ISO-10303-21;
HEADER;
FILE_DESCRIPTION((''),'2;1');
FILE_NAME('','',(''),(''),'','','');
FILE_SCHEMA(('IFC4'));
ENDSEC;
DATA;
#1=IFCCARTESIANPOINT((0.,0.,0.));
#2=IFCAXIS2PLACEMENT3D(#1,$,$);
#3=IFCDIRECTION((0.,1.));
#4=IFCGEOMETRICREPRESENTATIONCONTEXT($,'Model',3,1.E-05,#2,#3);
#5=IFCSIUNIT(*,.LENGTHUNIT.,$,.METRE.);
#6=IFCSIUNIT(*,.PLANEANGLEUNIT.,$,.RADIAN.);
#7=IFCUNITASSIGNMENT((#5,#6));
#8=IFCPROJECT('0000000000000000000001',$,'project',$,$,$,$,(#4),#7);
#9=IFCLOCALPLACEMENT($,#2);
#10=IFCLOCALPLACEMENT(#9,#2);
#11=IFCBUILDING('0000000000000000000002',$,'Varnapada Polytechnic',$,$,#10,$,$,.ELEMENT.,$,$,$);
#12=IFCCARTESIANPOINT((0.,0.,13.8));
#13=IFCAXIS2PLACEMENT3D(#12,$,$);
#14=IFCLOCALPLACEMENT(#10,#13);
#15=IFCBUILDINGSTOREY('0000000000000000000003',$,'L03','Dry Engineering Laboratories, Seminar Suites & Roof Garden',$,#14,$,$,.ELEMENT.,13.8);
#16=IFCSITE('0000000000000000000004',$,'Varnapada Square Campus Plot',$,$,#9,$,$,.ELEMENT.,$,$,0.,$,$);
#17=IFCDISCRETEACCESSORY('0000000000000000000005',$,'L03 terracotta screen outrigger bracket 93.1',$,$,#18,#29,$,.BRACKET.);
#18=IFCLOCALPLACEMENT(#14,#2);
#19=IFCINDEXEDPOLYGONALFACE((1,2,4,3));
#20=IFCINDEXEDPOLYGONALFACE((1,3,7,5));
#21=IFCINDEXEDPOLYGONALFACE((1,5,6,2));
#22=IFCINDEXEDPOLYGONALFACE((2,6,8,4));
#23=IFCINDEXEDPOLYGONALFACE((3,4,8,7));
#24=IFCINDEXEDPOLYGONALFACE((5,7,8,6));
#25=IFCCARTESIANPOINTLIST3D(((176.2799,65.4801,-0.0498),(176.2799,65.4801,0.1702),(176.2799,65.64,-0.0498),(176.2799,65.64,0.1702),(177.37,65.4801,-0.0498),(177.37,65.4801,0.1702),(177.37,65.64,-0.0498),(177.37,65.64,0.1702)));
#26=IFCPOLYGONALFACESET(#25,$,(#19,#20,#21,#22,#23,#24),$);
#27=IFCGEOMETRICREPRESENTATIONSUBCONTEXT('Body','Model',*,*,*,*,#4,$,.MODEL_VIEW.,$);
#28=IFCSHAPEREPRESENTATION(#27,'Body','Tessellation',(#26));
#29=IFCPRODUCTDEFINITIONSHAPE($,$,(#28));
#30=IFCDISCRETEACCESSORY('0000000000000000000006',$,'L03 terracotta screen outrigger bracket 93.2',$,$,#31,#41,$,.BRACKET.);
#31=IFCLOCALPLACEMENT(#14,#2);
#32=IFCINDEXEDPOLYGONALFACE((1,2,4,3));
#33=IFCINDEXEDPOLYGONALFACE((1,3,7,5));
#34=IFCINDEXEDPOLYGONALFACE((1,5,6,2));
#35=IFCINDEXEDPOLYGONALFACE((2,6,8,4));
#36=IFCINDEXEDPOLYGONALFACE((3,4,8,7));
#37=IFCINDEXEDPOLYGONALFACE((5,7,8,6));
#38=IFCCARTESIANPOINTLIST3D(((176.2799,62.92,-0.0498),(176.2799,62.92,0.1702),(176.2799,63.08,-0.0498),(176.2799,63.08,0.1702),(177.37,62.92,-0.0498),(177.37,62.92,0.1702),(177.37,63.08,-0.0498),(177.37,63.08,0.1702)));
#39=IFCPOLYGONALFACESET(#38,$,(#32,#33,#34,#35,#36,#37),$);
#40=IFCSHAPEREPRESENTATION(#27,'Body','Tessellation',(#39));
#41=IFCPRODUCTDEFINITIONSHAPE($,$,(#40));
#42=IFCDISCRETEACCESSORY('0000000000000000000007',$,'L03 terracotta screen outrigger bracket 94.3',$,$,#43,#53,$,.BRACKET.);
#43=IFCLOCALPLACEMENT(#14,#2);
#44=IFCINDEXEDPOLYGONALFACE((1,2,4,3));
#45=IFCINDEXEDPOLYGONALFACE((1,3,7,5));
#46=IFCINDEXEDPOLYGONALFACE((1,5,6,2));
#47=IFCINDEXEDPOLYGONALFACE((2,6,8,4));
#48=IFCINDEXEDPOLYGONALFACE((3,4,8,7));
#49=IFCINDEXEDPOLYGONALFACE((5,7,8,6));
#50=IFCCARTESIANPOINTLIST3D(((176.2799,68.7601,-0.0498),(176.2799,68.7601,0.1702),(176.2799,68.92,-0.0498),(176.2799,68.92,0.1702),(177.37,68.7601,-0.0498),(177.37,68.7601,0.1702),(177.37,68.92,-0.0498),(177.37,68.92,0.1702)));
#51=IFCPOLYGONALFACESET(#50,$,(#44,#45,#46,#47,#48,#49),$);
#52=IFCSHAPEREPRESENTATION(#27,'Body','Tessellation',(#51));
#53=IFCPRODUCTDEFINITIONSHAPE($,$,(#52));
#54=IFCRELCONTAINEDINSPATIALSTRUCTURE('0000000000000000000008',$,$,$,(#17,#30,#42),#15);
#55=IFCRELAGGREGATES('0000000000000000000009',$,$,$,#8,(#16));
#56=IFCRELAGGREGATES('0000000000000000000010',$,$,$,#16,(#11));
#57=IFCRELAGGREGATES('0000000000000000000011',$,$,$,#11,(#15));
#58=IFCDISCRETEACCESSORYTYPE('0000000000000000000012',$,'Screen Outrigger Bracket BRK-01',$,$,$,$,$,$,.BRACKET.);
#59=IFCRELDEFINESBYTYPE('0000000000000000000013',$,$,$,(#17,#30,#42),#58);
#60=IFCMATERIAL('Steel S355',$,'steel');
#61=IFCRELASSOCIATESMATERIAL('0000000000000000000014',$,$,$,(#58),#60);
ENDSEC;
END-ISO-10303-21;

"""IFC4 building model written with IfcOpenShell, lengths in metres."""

from ifc_helpers import new_model, si_unit, direction, frame, origin, origin_2d, place, context, subcontext, project, spatial, rectangle, extrude, material, type_object, element, save


model = new_model("IFC4")

# Units and contexts
model_context = context("Model", 3, precision=1e-05, world=origin(), true_north=direction((0.0, 1.0)))
body_context = subcontext(model_context, "Body", "Model", "MODEL_VIEW")
ifc_project = project(units=[si_unit("LENGTHUNIT", "METRE"), si_unit("PLANEANGLEUNIT", "RADIAN")], contexts=[model_context])

# Site, building, storey
site_placement = place(None, origin())
site = spatial("IfcSite", under=ifc_project, at=site_placement, Name="Varnapada Square Campus Plot", CompositionType="ELEMENT", RefElevation=0.0)
building_placement = place(site_placement, origin())
building = spatial("IfcBuilding", under=site, at=building_placement, Name="Varnapada Polytechnic", CompositionType="ELEMENT")
storey_placement = place(building_placement, frame((0.0, 0.0, 13.8)))
storey = spatial("IfcBuildingStorey", under=building, at=storey_placement, Name="L03", Description="Dry Engineering Laboratories, Seminar Suites & Roof Garden", CompositionType="ELEMENT", Elevation=13.8)

# Discrete accessories
ifc_material_1 = material(Name="Steel S355", Category="steel")
discrete_accessory_type = type_object("IfcDiscreteAccessoryType", Name="Screen Outrigger Bracket BRK-01", PredefinedType="BRACKET", material=ifc_material_1)
for number, where, z_axis, x_axis, name in (
    (1, (176.825, 65.5601, -0.0498), (0.0, 0.0, 1.0), (0.0, -1.0, 0.0), "L03 terracotta screen outrigger bracket 93.1"),
    (2, (176.825, 63.0, -0.0498), (0.0, 0.0, 1.0), (0.0, -1.0, 0.0), "L03 terracotta screen outrigger bracket 93.2"),
    (3, (176.825, 68.8401, -0.0498), (0.0, 0.0, 1.0), (0.0, -1.0, 0.0), "L03 terracotta screen outrigger bracket 94.3"),
):
    element("IfcDiscreteAccessory", number, at=place(storey_placement, frame(where, z_axis=z_axis, x_axis=x_axis)), inside=storey, type_object=discrete_accessory_type, Name=name, PredefinedType="BRACKET", context=body_context, shape_type="SweptSolid", body=[
        extrude(rectangle(XDim=0.1599, YDim=1.0901, at=origin_2d()), origin(), (0.0, 0.0, 1.0), 0.22),
    ])

save(model, "model.ifc")
